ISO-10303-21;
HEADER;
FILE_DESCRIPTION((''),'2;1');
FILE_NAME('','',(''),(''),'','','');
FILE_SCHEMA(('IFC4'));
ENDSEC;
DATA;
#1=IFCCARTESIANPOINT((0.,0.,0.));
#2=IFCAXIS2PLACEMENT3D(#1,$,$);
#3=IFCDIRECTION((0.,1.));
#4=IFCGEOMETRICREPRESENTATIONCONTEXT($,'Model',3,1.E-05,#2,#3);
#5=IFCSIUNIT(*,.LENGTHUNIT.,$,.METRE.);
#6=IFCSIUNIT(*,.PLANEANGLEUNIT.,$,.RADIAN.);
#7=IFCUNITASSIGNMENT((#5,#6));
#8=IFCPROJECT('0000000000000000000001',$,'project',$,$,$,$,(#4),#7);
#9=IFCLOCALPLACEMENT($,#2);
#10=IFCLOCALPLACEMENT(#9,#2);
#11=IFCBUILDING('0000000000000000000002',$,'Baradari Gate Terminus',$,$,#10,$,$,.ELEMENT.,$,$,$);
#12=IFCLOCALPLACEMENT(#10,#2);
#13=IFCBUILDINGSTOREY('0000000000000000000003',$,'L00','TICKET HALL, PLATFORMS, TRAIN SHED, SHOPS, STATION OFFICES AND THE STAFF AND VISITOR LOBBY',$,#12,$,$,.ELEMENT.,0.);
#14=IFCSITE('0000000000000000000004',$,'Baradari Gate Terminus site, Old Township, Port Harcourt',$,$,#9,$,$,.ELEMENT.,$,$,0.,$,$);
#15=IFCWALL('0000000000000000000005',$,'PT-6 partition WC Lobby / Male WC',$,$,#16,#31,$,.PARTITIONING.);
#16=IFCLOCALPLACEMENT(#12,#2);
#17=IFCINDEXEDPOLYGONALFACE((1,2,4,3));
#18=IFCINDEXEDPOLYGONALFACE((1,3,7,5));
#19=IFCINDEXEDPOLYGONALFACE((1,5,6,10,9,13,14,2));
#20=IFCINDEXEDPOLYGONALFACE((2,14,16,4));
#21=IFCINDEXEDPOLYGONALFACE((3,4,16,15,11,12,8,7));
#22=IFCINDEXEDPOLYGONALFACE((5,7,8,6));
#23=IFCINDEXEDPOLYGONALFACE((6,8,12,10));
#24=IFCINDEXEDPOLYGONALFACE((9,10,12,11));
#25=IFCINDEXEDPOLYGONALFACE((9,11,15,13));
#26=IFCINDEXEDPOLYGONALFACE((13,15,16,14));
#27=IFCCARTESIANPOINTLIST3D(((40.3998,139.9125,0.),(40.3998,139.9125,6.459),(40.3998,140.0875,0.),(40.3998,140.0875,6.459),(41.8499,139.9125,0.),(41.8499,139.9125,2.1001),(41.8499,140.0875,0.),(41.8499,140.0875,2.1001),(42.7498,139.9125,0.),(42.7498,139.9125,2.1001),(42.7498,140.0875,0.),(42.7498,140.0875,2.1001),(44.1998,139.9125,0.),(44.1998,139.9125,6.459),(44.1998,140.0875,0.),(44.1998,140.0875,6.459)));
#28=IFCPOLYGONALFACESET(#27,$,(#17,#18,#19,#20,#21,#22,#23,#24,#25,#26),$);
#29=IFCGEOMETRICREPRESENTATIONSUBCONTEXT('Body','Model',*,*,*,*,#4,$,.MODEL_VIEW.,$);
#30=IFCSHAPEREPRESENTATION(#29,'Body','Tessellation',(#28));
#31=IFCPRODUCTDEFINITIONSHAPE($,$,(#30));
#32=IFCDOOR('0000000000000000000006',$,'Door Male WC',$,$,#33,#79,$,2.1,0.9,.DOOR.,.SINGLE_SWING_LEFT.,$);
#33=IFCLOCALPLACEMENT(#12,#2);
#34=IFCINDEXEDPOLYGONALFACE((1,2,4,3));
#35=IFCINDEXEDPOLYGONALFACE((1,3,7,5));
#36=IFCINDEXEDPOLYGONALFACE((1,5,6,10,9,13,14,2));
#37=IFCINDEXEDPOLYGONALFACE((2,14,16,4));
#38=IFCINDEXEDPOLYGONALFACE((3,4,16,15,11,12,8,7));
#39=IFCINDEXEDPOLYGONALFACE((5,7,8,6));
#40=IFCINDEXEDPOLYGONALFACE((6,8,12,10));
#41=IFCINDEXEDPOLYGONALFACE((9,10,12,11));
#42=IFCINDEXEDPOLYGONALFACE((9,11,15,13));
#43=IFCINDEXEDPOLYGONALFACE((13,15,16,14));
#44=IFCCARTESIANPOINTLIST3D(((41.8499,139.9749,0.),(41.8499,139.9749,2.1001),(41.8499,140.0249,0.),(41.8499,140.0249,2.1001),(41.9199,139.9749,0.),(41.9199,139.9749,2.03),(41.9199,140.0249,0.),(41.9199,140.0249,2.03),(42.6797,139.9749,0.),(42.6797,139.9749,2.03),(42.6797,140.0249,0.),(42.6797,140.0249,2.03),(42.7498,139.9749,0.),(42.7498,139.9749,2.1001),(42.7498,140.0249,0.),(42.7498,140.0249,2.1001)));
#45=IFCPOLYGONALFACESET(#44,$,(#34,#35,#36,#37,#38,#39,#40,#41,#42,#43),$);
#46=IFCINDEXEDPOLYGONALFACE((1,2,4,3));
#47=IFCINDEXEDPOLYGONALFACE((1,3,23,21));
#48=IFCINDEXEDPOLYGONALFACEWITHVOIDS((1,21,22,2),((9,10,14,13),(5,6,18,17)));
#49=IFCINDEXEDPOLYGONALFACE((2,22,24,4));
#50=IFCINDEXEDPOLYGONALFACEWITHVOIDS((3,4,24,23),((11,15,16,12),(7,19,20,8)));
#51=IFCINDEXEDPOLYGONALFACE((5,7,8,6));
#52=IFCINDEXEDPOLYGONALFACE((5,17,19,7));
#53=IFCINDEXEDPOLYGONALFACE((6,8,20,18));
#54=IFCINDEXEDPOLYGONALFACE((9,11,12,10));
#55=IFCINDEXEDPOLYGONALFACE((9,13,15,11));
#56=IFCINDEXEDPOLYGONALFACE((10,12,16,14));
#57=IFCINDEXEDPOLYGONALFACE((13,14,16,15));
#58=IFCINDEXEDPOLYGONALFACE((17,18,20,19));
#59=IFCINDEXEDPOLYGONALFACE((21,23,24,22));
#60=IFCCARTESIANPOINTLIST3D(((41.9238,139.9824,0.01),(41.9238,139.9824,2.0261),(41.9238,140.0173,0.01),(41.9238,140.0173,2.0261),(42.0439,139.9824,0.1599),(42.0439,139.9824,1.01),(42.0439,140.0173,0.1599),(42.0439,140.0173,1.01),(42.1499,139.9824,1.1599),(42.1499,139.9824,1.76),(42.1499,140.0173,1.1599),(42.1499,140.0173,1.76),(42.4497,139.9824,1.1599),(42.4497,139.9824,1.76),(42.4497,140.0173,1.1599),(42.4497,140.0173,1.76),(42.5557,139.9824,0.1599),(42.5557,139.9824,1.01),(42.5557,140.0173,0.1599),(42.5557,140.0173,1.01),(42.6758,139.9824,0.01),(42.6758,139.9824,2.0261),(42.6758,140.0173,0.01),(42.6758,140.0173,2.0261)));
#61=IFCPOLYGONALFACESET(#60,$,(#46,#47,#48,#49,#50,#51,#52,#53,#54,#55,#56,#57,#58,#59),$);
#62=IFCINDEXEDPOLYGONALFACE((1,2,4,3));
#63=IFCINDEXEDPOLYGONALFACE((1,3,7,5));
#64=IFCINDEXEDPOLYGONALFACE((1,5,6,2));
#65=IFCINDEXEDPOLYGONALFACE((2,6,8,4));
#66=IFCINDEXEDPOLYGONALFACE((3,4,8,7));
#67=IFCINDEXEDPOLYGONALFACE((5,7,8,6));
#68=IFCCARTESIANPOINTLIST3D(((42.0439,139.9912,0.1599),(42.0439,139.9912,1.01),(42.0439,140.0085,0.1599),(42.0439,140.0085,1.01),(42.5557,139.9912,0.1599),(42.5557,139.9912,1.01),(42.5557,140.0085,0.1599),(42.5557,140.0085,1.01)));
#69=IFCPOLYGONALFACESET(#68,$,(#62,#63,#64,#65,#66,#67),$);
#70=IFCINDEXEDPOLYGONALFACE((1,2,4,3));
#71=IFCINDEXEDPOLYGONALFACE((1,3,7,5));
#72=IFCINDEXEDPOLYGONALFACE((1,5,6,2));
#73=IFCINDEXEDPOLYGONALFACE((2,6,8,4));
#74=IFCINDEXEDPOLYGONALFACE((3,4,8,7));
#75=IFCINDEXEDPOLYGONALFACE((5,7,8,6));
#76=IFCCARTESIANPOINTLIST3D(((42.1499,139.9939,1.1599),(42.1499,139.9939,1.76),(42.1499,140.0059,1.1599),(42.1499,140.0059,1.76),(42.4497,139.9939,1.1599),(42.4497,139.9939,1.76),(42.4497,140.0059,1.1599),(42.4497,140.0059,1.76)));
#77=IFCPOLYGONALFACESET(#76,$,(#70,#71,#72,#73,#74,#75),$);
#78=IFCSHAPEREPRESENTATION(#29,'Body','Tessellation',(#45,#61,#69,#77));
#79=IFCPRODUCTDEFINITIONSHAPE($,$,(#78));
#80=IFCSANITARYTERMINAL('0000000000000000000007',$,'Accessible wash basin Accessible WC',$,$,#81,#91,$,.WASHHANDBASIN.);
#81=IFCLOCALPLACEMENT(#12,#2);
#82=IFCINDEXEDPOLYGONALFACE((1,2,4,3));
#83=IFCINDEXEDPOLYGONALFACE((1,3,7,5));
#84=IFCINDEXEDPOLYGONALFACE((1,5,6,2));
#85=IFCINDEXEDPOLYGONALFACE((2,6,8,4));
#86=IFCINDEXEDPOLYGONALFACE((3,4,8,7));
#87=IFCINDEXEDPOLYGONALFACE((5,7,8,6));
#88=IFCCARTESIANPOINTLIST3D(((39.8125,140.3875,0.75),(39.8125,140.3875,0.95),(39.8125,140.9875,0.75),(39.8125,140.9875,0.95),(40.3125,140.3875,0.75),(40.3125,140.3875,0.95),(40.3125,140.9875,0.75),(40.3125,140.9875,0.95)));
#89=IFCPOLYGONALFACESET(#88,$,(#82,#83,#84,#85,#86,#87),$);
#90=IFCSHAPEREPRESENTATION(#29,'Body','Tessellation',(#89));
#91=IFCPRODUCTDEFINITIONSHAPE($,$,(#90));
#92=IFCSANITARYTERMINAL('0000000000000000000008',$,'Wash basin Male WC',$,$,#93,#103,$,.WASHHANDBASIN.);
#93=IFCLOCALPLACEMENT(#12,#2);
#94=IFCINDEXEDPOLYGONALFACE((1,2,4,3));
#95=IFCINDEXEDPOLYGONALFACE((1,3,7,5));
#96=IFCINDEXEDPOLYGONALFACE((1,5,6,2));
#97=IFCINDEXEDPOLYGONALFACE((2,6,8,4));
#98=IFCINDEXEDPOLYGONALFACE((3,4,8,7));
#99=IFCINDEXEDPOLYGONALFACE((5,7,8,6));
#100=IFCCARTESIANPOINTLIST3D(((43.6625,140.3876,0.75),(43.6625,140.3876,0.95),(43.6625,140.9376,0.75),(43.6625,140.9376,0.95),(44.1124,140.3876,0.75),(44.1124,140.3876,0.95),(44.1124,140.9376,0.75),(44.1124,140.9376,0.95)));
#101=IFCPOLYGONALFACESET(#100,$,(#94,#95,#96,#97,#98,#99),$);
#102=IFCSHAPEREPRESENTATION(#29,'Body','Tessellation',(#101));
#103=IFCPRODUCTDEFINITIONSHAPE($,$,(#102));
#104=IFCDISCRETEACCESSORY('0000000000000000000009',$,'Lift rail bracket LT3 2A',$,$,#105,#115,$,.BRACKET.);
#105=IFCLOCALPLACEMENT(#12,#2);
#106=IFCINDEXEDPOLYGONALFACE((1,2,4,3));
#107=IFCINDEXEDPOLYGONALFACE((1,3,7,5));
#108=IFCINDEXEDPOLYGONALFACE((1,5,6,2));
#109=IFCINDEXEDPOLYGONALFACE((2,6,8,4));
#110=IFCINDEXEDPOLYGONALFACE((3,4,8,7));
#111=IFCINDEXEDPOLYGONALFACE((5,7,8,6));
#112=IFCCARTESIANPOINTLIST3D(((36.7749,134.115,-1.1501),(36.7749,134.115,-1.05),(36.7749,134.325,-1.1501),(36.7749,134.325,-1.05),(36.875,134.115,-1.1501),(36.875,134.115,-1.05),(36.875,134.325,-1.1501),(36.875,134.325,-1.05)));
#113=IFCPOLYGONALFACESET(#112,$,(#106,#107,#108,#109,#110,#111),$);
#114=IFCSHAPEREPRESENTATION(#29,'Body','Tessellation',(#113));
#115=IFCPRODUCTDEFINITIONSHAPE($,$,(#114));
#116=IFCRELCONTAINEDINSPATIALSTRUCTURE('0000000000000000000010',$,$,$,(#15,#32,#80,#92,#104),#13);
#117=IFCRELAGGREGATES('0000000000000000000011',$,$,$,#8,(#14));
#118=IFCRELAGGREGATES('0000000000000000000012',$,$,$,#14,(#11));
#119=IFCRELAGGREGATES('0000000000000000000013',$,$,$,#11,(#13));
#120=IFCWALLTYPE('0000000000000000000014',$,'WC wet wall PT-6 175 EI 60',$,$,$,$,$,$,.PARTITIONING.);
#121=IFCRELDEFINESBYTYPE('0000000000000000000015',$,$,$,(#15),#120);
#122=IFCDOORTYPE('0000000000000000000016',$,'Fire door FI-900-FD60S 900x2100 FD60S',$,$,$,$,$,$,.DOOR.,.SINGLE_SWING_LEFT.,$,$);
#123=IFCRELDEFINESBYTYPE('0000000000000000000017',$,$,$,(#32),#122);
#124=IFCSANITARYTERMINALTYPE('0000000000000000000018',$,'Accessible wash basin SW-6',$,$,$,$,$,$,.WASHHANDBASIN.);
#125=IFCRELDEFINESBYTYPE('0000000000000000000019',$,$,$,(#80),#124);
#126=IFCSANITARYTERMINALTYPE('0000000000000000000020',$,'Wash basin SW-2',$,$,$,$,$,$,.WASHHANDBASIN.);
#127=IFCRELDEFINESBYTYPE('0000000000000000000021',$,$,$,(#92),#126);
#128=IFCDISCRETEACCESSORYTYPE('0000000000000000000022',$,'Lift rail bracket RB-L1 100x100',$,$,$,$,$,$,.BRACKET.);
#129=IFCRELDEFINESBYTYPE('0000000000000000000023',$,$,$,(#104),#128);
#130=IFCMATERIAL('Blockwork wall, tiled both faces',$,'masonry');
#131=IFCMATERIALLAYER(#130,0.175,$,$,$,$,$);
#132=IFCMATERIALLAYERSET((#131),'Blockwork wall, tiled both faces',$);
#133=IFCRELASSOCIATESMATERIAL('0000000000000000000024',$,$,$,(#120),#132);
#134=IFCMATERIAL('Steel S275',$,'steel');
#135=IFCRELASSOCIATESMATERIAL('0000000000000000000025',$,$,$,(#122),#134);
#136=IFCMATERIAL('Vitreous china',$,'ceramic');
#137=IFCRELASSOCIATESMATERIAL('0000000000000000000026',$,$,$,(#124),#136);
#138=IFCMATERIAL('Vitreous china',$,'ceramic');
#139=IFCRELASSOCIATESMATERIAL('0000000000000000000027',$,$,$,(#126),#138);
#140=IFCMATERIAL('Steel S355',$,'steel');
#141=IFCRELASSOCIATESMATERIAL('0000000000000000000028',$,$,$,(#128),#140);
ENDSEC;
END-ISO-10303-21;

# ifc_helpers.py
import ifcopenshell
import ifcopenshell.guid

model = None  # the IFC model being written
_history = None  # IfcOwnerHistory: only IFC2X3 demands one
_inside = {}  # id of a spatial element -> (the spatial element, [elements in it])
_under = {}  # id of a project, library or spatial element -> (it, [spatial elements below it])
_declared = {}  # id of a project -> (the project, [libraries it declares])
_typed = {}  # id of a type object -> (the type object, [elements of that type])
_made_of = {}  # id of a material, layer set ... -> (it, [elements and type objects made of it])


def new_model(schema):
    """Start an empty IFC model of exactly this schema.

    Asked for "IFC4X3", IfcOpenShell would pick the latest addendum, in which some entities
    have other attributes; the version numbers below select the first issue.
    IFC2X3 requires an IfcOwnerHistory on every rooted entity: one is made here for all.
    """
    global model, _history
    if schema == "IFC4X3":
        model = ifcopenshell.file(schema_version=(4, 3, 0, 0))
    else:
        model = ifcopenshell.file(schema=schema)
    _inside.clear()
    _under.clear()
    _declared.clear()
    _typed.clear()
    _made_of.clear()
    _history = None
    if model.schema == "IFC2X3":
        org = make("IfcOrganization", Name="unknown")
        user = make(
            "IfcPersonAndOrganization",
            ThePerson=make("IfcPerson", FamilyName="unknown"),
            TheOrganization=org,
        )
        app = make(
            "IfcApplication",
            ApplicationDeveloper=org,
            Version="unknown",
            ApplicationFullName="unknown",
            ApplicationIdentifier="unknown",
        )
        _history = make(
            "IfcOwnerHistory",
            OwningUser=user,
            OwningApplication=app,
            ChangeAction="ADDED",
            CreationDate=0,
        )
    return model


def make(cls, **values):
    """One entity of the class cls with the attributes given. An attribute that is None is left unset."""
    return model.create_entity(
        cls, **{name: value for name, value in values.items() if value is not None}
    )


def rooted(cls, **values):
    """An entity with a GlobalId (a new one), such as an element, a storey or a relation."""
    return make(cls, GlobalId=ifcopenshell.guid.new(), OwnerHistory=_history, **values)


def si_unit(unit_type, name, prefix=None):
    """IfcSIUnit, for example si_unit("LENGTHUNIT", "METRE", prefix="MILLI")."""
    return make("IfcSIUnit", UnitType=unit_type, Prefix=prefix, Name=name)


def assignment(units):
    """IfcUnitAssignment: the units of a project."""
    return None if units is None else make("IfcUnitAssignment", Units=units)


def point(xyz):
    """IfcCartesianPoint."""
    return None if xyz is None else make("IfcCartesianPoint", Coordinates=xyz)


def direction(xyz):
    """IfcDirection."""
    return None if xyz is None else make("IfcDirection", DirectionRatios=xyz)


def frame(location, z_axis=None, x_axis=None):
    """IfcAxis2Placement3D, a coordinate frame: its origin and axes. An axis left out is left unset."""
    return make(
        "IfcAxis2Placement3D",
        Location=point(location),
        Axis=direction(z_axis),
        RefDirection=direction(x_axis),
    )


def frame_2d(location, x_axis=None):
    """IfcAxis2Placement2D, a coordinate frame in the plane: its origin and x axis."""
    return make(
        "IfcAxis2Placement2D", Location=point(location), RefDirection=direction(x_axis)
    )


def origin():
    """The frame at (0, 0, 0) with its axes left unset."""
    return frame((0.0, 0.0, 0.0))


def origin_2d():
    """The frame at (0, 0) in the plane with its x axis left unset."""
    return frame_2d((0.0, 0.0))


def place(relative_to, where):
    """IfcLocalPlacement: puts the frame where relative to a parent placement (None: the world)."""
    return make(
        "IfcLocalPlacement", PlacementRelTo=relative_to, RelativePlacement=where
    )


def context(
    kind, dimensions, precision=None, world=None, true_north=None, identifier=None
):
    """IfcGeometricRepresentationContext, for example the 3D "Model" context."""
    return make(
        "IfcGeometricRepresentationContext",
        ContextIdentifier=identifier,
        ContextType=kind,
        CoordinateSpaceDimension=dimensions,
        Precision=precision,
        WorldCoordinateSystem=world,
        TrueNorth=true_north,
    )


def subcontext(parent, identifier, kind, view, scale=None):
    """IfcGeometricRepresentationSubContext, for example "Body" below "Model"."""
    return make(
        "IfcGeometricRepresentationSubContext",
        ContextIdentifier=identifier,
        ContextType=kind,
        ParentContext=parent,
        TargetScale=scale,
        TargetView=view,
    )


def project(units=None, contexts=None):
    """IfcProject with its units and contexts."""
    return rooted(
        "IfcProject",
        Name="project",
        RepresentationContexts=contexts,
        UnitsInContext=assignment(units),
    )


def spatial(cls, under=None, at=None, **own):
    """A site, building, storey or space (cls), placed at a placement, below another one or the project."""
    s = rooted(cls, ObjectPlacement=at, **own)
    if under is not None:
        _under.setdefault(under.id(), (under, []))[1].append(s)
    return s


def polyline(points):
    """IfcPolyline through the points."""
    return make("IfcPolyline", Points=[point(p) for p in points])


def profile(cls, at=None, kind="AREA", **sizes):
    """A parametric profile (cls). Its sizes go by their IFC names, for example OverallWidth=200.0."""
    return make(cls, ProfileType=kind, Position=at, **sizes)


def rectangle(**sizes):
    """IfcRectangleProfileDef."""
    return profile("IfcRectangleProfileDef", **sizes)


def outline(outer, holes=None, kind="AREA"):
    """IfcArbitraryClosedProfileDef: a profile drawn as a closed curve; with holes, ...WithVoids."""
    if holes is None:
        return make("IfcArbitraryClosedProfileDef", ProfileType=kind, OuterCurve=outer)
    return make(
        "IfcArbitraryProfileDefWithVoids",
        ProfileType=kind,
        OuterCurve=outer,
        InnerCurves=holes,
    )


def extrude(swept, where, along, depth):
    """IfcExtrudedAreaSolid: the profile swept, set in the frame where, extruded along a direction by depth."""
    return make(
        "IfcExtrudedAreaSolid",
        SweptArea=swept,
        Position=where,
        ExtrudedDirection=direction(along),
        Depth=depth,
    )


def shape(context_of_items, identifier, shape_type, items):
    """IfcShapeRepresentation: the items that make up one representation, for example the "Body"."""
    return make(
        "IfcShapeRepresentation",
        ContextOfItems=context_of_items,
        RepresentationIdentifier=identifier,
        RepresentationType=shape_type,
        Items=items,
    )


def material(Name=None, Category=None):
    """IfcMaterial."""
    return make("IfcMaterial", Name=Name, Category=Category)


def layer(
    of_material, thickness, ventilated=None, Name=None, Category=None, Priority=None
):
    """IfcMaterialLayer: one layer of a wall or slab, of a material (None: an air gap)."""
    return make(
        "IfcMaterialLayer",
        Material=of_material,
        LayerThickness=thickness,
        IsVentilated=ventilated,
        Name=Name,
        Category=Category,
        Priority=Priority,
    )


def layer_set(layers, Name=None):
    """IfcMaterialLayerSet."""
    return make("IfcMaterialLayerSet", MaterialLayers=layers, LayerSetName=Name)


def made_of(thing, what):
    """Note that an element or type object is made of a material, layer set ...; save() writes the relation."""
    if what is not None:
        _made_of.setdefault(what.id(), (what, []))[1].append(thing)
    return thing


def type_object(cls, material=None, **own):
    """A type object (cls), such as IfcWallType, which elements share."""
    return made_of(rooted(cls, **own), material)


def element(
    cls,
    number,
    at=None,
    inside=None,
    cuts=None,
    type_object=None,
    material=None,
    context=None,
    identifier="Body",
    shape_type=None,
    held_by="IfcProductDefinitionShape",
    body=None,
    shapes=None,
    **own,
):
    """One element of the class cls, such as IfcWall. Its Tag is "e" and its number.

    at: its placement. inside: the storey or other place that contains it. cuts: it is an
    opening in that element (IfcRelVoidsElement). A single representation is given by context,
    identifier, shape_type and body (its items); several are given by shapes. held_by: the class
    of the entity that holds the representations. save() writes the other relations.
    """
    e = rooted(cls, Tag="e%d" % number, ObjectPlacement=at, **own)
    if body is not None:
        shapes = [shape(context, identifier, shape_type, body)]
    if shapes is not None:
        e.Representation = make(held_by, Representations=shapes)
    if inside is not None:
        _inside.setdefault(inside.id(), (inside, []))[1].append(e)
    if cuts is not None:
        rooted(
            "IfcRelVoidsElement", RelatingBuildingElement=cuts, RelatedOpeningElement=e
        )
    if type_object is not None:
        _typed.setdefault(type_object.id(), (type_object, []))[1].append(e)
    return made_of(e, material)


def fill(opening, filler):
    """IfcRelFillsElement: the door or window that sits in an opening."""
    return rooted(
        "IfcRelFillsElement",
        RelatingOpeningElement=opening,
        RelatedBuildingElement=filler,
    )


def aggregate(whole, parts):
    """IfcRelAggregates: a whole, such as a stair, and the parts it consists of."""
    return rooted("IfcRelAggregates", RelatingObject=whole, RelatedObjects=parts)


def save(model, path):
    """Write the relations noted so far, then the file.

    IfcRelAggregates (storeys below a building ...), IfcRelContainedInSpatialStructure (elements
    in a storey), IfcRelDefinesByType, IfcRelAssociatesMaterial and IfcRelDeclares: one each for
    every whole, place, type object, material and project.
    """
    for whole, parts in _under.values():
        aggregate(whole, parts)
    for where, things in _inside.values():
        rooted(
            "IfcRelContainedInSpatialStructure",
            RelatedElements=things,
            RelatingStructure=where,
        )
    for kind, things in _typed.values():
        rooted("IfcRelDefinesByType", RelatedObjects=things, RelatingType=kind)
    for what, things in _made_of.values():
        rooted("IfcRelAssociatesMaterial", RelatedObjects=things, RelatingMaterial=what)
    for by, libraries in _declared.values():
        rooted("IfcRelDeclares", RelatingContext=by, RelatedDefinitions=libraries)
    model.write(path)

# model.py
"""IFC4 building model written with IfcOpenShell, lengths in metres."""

from ifc_helpers import new_model, si_unit, direction, frame, frame_2d, origin, origin_2d, place, context, subcontext, project, spatial, polyline, rectangle, outline, extrude, material, layer, layer_set, type_object, element, fill, save


model = new_model("IFC4")

# Units and contexts
model_context = context("Model", 3, precision=1e-05, world=origin(), true_north=direction((0.0, 1.0)))
body_context = subcontext(model_context, "Body", "Model", "MODEL_VIEW")
ifc_project = project(units=[si_unit("LENGTHUNIT", "METRE"), si_unit("PLANEANGLEUNIT", "RADIAN")], contexts=[model_context])

# Site, building, storey
site_placement = place(None, origin())
site = spatial("IfcSite", under=ifc_project, at=site_placement, Name="Baradari Gate Terminus site, Old Township, Port Harcourt", CompositionType="ELEMENT", RefElevation=0.0)
building_placement = place(site_placement, origin())
building = spatial("IfcBuilding", under=site, at=building_placement, Name="Baradari Gate Terminus", CompositionType="ELEMENT")
storey_placement = place(building_placement, origin())
storey = spatial("IfcBuildingStorey", under=building, at=storey_placement, Name="L00", Description="TICKET HALL, PLATFORMS, TRAIN SHED, SHOPS, STATION OFFICES AND THE STAFF AND VISITOR LOBBY", CompositionType="ELEMENT", Elevation=0.0)

# Wall, opening, door
ifc_material_1 = material(Name="Blockwork wall, tiled both faces", Category="masonry")
ifc_layer_1 = layer(ifc_material_1, 0.175)
ifc_layer_set_1 = layer_set([ifc_layer_1], Name="Blockwork wall, tiled both faces")
wall_type_1 = type_object("IfcWallType", Name="WC wet wall PT-6 175 EI 60", PredefinedType="PARTITIONING", material=ifc_layer_set_1)
wall_1_placement = place(storey_placement, frame((40.3999, 140.0, 0.0), z_axis=(0.0, 0.0, 1.0), x_axis=(1.0, 0.0, 0.0)))
wall_1 = element("IfcWall", 1, at=wall_1_placement, inside=storey, type_object=wall_type_1, Name="PT-6 partition WC Lobby / Male WC", PredefinedType="PARTITIONING", context=body_context, shape_type="SweptSolid", body=[
    extrude(rectangle(XDim=3.8, YDim=0.175, at=frame_2d((1.8999, 0.0))), origin(), (0.0, 0.0, 1.0), 6.459),
])
opening_1_placement = place(wall_1_placement, frame((1.45, 0.0, 0.0)))
opening_1 = element("IfcOpeningElement", 2, at=opening_1_placement, cuts=wall_1, PredefinedType="OPENING", context=body_context, shape_type="SweptSolid", body=[
    extrude(rectangle(XDim=0.8999, YDim=2.1001, at=frame_2d((0.45, 1.05))), frame((0.0, 0.0974, 0.0), z_axis=(0.0, -1.0, 0.0), x_axis=(1.0, 0.0, 0.0)), (0.0, 0.0, 1.0), 0.1951),
])
ifc_material_2 = material(Name="Steel S275", Category="steel")
door_type_1 = type_object("IfcDoorType", Name="Fire door FI-900-FD60S 900x2100 FD60S", OperationType="SINGLE_SWING_LEFT", PredefinedType="DOOR", material=ifc_material_2)
door_1_placement = place(opening_1_placement, origin())
door_1 = element("IfcDoor", 3, at=door_1_placement, inside=storey, type_object=door_type_1, Name="Door Male WC", OperationType="SINGLE_SWING_LEFT", OverallHeight=2.1, OverallWidth=0.9, PredefinedType="DOOR", context=body_context, shape_type="SweptSolid", body=[
    extrude(outline(polyline([(0.0, 0.0), (0.0701, 0.0), (0.0701, 2.03), (0.8298, 2.03), (0.8298, 0.0), (0.8999, 0.0), (0.8999, 2.1001), (0.0, 2.1001), (0.0, 0.0)])), frame((0.0, 0.0249, 0.0), z_axis=(0.0, -1.0, 0.0), x_axis=(1.0, 0.0, 0.0)), (0.0, 0.0, 1.0), 0.05),
    extrude(outline(polyline([(0.074, 0.01), (0.8259, 0.01), (0.8259, 2.0261), (0.074, 2.0261), (0.074, 0.01)]), holes=[polyline([(0.1941, 0.1599), (0.7058, 0.1599), (0.7058, 1.01), (0.1941, 1.01), (0.1941, 0.1599)]), polyline([(0.3, 1.1599), (0.5999, 1.1599), (0.5999, 1.76), (0.3, 1.76), (0.3, 1.1599)])]), frame((0.0, 0.0173, 0.0), z_axis=(0.0, -1.0, 0.0), x_axis=(1.0, 0.0, 0.0)), (0.0, 0.0, 1.0), 0.0349),
    extrude(rectangle(XDim=0.5117, YDim=0.8501, at=frame_2d((0.45, 0.585))), frame((0.0, 0.0085, 0.0), z_axis=(0.0, -1.0, 0.0), x_axis=(1.0, 0.0, 0.0)), (0.0, 0.0, 1.0), 0.0173),
    extrude(rectangle(XDim=0.2998, YDim=0.6001, at=frame_2d((0.45, 1.46))), frame((0.0, 0.0059, 0.0), z_axis=(0.0, -1.0, 0.0), x_axis=(1.0, 0.0, 0.0)), (0.0, 0.0, 1.0), 0.012),
])
fill(opening_1, door_1)

# Sanitary terminals
ifc_material_3 = material(Name="Vitreous china", Category="ceramic")
sanitary_terminal_type_1 = type_object("IfcSanitaryTerminalType", Name="Accessible wash basin SW-6", PredefinedType="WASHHANDBASIN", material=ifc_material_3)
sanitary_terminal_1_placement = place(storey_placement, frame((40.0625, 140.6875, 0.75), z_axis=(0.0, 0.0, 1.0), x_axis=(1.0, 0.0, 0.0)))
element("IfcSanitaryTerminal", 4, at=sanitary_terminal_1_placement, inside=storey, type_object=sanitary_terminal_type_1, Name="Accessible wash basin Accessible WC", PredefinedType="WASHHANDBASIN", context=body_context, shape_type="SweptSolid", body=[
    extrude(rectangle(XDim=0.5, YDim=0.6001, at=origin_2d()), origin(), (0.0, 0.0, 1.0), 0.2),
])
ifc_material_4 = material(Name="Vitreous china", Category="ceramic")
sanitary_terminal_type_2 = type_object("IfcSanitaryTerminalType", Name="Wash basin SW-2", PredefinedType="WASHHANDBASIN", material=ifc_material_4)
sanitary_terminal_2_placement = place(storey_placement, frame((43.8875, 140.6626, 0.75), z_axis=(0.0, 0.0, 1.0), x_axis=(1.0, 0.0, 0.0)))
element("IfcSanitaryTerminal", 5, at=sanitary_terminal_2_placement, inside=storey, type_object=sanitary_terminal_type_2, Name="Wash basin Male WC", PredefinedType="WASHHANDBASIN", context=body_context, shape_type="SweptSolid", body=[
    extrude(rectangle(XDim=0.45, YDim=0.55, at=origin_2d()), origin(), (0.0, 0.0, 1.0), 0.2),
])

# Discrete accessory
ifc_material_5 = material(Name="Steel S355", Category="steel")
discrete_accessory_type = type_object("IfcDiscreteAccessoryType", Name="Lift rail bracket RB-L1 100x100", PredefinedType="BRACKET", material=ifc_material_5)
discrete_accessory_placement = place(storey_placement, frame((36.825, 134.22, -1.1501), z_axis=(0.0, 0.0, 1.0), x_axis=(1.0, 0.0, 0.0)))
element("IfcDiscreteAccessory", 6, at=discrete_accessory_placement, inside=storey, type_object=discrete_accessory_type, Name="Lift rail bracket LT3 2A", PredefinedType="BRACKET", context=body_context, shape_type="SweptSolid", body=[
    extrude(rectangle(XDim=0.1001, YDim=0.21, at=origin_2d()), origin(), (0.0, 0.0, 1.0), 0.1001),
])

save(model, "model.ifc")
